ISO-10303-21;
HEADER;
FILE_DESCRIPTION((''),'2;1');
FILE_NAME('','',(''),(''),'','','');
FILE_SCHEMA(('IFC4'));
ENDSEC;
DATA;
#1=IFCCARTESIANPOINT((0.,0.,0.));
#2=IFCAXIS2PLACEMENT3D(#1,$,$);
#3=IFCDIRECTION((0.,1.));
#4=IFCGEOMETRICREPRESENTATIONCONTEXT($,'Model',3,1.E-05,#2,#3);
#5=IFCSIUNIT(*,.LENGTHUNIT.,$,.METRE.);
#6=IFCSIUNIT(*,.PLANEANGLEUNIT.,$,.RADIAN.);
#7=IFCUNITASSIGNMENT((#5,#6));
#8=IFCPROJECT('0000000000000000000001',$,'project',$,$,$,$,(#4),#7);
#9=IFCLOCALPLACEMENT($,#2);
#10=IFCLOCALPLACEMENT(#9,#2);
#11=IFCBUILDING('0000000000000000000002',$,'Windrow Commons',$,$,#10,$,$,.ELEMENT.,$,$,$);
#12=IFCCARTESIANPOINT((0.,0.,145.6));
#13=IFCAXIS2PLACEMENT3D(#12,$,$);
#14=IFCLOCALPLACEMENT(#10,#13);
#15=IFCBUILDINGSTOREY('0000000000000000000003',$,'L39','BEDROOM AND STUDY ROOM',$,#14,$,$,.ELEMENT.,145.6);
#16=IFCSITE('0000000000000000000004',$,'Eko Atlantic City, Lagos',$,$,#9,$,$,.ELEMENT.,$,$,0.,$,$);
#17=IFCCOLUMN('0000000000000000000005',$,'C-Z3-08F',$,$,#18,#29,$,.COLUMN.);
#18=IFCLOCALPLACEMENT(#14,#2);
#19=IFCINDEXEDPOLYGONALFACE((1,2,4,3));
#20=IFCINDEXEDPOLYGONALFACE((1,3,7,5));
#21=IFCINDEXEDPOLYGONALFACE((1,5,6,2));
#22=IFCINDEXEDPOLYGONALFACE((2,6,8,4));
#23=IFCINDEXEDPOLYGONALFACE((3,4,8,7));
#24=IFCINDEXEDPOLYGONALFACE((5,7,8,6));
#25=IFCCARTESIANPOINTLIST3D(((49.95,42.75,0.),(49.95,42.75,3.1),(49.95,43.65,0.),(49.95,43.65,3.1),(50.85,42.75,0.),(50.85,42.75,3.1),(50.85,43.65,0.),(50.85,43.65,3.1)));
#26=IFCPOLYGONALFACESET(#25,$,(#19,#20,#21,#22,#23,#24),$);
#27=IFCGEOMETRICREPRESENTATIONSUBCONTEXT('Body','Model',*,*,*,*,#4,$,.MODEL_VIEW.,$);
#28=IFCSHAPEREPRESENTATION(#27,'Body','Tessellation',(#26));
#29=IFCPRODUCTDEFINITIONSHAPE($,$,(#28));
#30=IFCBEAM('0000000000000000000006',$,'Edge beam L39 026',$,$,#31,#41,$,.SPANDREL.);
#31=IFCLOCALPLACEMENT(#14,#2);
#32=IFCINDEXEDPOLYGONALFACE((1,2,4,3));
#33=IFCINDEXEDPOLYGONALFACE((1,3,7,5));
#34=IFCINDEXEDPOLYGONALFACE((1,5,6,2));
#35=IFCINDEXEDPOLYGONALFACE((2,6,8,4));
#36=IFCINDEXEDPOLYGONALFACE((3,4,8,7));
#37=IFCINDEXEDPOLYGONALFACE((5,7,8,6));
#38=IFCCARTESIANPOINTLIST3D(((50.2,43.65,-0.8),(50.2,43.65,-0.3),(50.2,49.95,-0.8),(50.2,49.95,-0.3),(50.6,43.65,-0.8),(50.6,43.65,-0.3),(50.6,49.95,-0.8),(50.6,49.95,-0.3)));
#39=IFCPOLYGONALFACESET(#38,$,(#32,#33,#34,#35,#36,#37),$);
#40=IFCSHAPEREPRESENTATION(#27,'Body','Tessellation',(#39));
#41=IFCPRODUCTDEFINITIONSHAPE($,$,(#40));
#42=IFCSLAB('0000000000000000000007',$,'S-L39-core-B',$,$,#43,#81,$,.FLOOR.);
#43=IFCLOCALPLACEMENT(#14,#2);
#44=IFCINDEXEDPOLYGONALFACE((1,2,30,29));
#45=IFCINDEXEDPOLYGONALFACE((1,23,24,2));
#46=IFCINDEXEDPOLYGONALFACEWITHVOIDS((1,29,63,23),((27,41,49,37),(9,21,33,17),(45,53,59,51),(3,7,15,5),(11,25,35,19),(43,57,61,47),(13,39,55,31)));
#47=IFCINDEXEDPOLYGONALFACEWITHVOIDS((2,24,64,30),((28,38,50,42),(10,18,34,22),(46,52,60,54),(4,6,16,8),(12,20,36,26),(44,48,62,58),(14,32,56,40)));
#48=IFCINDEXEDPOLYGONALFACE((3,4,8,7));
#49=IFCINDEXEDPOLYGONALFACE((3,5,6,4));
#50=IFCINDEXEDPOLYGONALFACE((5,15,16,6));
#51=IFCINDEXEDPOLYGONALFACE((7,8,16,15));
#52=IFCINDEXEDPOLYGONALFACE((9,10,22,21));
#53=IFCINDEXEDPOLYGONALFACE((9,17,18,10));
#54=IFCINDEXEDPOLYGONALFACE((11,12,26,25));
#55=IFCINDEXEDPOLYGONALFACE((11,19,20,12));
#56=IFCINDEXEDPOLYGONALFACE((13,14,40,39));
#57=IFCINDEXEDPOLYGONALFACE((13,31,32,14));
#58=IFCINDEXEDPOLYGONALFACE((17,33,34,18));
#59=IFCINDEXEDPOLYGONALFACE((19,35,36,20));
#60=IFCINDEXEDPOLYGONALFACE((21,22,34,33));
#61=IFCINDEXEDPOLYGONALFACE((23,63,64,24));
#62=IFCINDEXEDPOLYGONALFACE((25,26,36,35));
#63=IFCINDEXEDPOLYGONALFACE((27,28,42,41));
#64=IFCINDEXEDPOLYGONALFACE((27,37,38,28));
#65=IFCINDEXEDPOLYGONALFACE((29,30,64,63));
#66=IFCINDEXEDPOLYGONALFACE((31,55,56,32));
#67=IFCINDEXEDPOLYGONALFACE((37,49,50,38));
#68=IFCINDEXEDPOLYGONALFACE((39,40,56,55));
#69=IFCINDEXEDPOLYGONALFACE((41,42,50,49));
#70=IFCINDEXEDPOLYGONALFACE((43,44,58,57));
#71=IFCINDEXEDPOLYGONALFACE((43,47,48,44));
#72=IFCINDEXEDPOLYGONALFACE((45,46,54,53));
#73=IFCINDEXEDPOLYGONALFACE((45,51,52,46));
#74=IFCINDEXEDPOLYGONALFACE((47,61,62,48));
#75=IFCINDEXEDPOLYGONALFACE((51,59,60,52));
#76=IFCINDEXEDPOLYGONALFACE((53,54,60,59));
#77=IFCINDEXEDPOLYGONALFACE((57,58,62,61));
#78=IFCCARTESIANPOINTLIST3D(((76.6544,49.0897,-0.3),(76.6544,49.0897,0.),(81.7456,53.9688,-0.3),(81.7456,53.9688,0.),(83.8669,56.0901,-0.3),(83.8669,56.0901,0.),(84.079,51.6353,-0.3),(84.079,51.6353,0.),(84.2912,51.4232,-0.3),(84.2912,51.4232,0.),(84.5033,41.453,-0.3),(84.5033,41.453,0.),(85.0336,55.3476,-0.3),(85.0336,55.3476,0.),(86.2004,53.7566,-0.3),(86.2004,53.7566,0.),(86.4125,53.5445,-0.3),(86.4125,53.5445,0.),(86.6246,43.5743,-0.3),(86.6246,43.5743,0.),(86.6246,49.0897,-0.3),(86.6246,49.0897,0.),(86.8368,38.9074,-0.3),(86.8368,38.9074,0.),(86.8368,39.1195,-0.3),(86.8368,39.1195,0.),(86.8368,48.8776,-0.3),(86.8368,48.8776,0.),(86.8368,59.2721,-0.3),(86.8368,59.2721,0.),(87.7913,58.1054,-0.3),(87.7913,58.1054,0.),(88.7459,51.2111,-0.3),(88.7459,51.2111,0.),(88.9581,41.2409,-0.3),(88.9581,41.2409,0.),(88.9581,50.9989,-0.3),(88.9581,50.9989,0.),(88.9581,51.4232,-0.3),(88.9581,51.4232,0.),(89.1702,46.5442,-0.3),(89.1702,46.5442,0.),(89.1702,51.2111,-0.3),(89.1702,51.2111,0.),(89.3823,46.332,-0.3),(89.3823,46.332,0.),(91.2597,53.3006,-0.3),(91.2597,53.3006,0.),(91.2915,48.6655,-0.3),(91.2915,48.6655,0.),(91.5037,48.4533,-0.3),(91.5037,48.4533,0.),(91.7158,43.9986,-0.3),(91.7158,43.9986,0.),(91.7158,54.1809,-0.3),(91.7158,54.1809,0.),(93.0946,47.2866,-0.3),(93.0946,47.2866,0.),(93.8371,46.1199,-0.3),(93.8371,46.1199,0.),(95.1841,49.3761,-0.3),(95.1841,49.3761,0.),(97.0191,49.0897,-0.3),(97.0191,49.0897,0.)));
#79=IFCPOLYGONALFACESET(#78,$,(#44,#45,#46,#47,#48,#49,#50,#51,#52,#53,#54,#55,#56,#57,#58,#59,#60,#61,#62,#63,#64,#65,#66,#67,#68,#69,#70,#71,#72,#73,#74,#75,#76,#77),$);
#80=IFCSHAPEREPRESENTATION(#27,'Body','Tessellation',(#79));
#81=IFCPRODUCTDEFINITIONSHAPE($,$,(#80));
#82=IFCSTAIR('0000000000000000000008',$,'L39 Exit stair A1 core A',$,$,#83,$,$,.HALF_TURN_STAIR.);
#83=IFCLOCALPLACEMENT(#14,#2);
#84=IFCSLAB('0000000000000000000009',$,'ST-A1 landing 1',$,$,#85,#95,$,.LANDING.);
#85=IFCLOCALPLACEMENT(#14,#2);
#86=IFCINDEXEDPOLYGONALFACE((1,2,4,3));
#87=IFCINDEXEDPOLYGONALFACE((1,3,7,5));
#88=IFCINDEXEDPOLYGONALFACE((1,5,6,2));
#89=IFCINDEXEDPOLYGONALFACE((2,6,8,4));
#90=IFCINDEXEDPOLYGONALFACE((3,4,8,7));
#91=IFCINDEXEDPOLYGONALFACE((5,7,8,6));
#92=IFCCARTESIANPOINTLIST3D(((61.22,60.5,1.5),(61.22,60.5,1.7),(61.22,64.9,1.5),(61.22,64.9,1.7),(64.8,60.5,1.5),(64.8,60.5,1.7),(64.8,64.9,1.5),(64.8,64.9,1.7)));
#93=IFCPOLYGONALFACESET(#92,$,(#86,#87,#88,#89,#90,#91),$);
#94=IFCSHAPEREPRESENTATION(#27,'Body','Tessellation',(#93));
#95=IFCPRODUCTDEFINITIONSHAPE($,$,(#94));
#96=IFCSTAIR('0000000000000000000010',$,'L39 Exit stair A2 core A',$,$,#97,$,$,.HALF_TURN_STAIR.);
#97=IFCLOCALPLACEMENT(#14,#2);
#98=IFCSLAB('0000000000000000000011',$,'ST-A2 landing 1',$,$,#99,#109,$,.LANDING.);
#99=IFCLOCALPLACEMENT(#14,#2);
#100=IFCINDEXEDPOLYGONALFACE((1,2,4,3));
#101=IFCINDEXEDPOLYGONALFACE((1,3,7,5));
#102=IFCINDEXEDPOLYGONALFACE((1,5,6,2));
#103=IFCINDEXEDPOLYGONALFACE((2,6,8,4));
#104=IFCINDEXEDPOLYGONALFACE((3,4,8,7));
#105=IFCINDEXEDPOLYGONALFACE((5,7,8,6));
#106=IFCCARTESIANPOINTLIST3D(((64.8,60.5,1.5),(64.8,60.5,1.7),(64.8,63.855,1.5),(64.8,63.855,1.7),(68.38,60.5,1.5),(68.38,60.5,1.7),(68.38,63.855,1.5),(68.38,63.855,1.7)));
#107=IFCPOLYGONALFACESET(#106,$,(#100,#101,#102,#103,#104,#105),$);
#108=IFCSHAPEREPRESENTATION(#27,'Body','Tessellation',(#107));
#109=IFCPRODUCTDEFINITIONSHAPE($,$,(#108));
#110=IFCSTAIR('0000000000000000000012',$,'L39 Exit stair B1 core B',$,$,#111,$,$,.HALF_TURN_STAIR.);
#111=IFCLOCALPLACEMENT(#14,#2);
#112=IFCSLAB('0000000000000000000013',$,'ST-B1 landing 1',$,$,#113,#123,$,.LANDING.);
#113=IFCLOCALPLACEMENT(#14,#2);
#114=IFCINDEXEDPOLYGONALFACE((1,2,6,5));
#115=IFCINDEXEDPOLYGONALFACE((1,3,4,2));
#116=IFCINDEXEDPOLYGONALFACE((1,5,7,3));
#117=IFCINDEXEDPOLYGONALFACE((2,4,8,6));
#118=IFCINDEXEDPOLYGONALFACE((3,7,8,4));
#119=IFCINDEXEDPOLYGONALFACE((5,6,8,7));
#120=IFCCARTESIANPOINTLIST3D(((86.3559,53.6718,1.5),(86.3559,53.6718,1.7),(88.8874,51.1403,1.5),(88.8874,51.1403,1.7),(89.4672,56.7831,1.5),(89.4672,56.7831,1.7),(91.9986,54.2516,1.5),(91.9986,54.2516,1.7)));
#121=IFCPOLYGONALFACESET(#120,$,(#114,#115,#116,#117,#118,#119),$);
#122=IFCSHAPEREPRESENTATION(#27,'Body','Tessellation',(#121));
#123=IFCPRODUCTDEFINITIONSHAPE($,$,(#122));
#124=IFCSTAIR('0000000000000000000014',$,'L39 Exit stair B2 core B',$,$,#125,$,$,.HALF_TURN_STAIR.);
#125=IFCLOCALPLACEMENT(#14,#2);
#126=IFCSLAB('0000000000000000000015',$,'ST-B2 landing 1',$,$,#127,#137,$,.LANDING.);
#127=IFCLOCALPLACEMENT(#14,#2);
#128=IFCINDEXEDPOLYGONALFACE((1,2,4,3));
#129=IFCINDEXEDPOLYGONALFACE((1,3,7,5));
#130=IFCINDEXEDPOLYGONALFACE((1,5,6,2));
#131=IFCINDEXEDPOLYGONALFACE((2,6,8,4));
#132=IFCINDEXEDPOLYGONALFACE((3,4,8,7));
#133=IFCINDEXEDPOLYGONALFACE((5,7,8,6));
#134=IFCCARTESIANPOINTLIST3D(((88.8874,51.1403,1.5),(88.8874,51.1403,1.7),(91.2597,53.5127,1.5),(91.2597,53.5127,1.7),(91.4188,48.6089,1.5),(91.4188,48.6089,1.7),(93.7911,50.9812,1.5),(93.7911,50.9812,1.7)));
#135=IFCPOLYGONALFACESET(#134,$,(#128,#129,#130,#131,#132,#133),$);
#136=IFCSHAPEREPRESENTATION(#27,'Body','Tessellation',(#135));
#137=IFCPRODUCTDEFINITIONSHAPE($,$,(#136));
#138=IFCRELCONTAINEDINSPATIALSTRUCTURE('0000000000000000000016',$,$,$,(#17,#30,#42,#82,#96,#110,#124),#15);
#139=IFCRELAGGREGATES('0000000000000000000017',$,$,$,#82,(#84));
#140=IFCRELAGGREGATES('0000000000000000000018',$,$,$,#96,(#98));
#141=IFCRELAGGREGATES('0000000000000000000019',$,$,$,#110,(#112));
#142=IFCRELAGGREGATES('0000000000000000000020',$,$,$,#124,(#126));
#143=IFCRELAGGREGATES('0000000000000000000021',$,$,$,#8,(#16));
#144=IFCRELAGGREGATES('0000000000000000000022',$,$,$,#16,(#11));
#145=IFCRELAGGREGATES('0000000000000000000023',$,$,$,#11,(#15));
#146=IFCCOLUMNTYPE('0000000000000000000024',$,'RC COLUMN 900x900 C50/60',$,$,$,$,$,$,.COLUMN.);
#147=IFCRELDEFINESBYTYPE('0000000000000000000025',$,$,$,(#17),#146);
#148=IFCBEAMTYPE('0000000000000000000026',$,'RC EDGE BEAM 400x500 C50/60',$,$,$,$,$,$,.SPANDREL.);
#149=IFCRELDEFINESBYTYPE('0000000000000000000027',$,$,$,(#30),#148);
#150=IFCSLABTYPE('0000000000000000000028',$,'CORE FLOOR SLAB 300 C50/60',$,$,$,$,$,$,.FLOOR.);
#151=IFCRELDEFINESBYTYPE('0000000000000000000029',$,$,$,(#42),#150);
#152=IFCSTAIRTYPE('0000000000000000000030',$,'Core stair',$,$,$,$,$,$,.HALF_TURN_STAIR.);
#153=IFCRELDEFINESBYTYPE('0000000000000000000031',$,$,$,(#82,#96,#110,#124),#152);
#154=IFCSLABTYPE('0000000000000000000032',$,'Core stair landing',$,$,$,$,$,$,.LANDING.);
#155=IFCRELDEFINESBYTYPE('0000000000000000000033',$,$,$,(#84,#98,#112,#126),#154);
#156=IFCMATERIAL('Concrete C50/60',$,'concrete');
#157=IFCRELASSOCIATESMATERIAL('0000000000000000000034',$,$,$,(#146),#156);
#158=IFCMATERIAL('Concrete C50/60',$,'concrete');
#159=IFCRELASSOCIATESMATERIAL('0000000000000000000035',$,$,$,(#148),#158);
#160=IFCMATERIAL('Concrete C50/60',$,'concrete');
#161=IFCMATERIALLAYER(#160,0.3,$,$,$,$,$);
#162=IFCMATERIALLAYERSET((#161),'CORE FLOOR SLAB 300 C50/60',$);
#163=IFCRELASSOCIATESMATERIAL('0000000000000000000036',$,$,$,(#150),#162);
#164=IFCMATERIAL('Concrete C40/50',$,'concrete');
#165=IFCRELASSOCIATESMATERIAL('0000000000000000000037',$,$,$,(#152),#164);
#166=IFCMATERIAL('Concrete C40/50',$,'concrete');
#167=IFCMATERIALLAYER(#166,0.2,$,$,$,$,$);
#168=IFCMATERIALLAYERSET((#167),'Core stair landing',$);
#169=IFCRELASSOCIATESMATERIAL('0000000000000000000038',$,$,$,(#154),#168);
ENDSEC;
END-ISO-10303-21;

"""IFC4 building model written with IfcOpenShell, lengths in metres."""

from ifc_helpers import new_model, si_unit, direction, frame, origin, origin_2d, place, context, subcontext, project, spatial, polyline, rectangle, outline, extrude, material, layer, layer_set, material_profile, profile_set, type_object, element, aggregate, save


model = new_model("IFC4")

# Units and contexts
model_context = context("Model", 3, precision=1e-05, world=origin(), true_north=direction((0.0, 1.0)))
body_context = subcontext(model_context, "Body", "Model", "MODEL_VIEW")
ifc_project = project(units=[si_unit("LENGTHUNIT", "METRE"), si_unit("PLANEANGLEUNIT", "RADIAN")], contexts=[model_context])

# Site, building, storey
site_placement = place(None, origin())
site = spatial("IfcSite", under=ifc_project, at=site_placement, Name="Eko Atlantic City, Lagos", CompositionType="ELEMENT", RefElevation=0.0)
building_placement = place(site_placement, origin())
building = spatial("IfcBuilding", under=site, at=building_placement, Name="Windrow Commons", CompositionType="ELEMENT")
storey_placement = place(building_placement, frame((0.0, 0.0, 145.6)))
storey = spatial("IfcBuildingStorey", under=building, at=storey_placement, Name="L39", Description="BEDROOM AND STUDY ROOM", CompositionType="ELEMENT", Elevation=145.6)

# Column
ifc_material_1 = material(Name="Concrete C50/60", Category="concrete")
ifc_material_profile_1 = material_profile(ifc_material_1, rectangle(XDim=0.9, YDim=0.9, at=origin_2d()))
ifc_profile_set_1 = profile_set([ifc_material_profile_1], Name="Concrete C50/60")
column_type = type_object("IfcColumnType", Name="RC COLUMN 900x900 C50/60", PredefinedType="COLUMN", material=ifc_profile_set_1)
column_placement = place(storey_placement, frame((50.4, 43.2, 0.0), z_axis=(0.0, 0.0, 1.0), x_axis=(1.0, 0.0, 0.0)))
element("IfcColumn", 1, at=column_placement, inside=storey, type_object=column_type, Name="C-Z3-08F", PredefinedType="COLUMN", context=body_context, shape_type="SweptSolid", body=[
    extrude(rectangle(XDim=0.9, YDim=0.9, at=origin_2d()), origin(), (0.0, 0.0, 1.0), 3.1),
])

# Beam
ifc_material_2 = material(Name="Concrete C50/60", Category="concrete")
ifc_material_profile_2 = material_profile(ifc_material_2, rectangle(XDim=0.4, YDim=0.5, at=origin_2d()))
ifc_profile_set_2 = profile_set([ifc_material_profile_2], Name="Concrete C50/60")
beam_type = type_object("IfcBeamType", Name="RC EDGE BEAM 400x500 C50/60", PredefinedType="SPANDREL", material=ifc_profile_set_2)
beam_placement = place(storey_placement, frame((50.4, 43.65, -0.55), z_axis=(0.0, 1.0, 0.0), x_axis=(-1.0, 0.0, 0.0)))
element("IfcBeam", 2, at=beam_placement, inside=storey, type_object=beam_type, Name="Edge beam L39 026", PredefinedType="SPANDREL", context=body_context, shape_type="SweptSolid", body=[
    extrude(rectangle(XDim=0.4, YDim=0.5, at=origin_2d()), origin(), (0.0, 0.0, 1.0), 6.3),
])

# Slab, openings
ifc_material_3 = material(Name="Concrete C50/60", Category="concrete")
ifc_layer_1 = layer(ifc_material_3, 0.3)
ifc_layer_set_1 = layer_set([ifc_layer_1], Name="CORE FLOOR SLAB 300 C50/60")
slab_type_1 = type_object("IfcSlabType", Name="CORE FLOOR SLAB 300 C50/60", PredefinedType="FLOOR", material=ifc_layer_set_1)
placement_1 = place(storey_placement, frame((0.0, 0.0, -0.3)))
slab_1 = element("IfcSlab", 3, at=placement_1, inside=storey, type_object=slab_type_1, Name="S-L39-core-B", PredefinedType="FLOOR", context=body_context, shape_type="SweptSolid", body=[
    extrude(outline(polyline([(76.6544, 49.0897), (86.8368, 38.9074), (97.0191, 49.0897), (86.8368, 59.2721), (76.6544, 49.0897)]), holes=[polyline([(84.5033, 41.453), (86.8368, 39.1195), (88.9581, 41.2409), (86.6246, 43.5743), (84.5033, 41.453)]), polyline([(81.7456, 53.9688), (84.079, 51.6353), (86.2004, 53.7566), (83.8669, 56.0901), (81.7456, 53.9688)]), polyline([(84.2912, 51.4232), (86.6246, 49.0897), (88.7459, 51.2111), (86.4125, 53.5445), (84.2912, 51.4232)]), polyline([(86.8368, 48.8776), (89.1702, 46.5442), (91.2915, 48.6655), (88.9581, 50.9989), (86.8368, 48.8776)]), polyline([(89.3823, 46.332), (91.7158, 43.9986), (93.8371, 46.1199), (91.5037, 48.4533), (89.3823, 46.332)]), polyline([(85.0336, 55.3476), (88.9581, 51.4232), (91.7158, 54.1809), (87.7913, 58.1054), (85.0336, 55.3476)]), polyline([(89.1702, 51.2111), (93.0946, 47.2866), (95.1841, 49.3761), (91.2597, 53.3006), (89.1702, 51.2111)])]), origin(), (0.0, 0.0, 1.0), 0.3),
])
opening_1_placement = place(placement_1, origin())
element("IfcOpeningElement", 4, at=opening_1_placement, cuts=slab_1, PredefinedType="OPENING", context=body_context, shape_type="SweptSolid", body=[
    extrude(outline(polyline([(84.5104, 41.453), (86.6246, 43.5672), (88.951, 41.2409), (86.8368, 39.1266), (84.5104, 41.453)])), origin(), (0.0, 0.0, 1.0), 0.3),
])
opening_2_placement = place(placement_1, origin())
element("IfcOpeningElement", 5, at=opening_2_placement, cuts=slab_1, PredefinedType="OPENING", context=body_context, shape_type="SweptSolid", body=[
    extrude(outline(polyline([(81.7527, 53.9688), (83.8669, 56.083), (86.1933, 53.7566), (84.079, 51.6424), (81.7527, 53.9688)])), origin(), (0.0, 0.0, 1.0), 0.3),
])
opening_3_placement = place(placement_1, origin())
element("IfcOpeningElement", 6, at=opening_3_placement, cuts=slab_1, PredefinedType="OPENING", context=body_context, shape_type="SweptSolid", body=[
    extrude(outline(polyline([(84.2983, 51.4232), (86.4125, 53.5374), (88.7388, 51.2111), (86.6246, 49.0968), (84.2983, 51.4232)])), origin(), (0.0, 0.0, 1.0), 0.3),
])
opening_4_placement = place(placement_1, origin())
element("IfcOpeningElement", 7, at=opening_4_placement, cuts=slab_1, PredefinedType="OPENING", context=body_context, shape_type="SweptSolid", body=[
    extrude(outline(polyline([(86.8439, 48.8776), (88.9581, 50.9918), (91.2844, 48.6655), (89.1702, 46.5513), (86.8439, 48.8776)])), origin(), (0.0, 0.0, 1.0), 0.3),
])
opening_5_placement = place(placement_1, origin())
element("IfcOpeningElement", 8, at=opening_5_placement, cuts=slab_1, PredefinedType="OPENING", context=body_context, shape_type="SweptSolid", body=[
    extrude(outline(polyline([(89.3894, 46.332), (91.5037, 48.4462), (93.83, 46.1199), (91.7158, 44.0057), (89.3894, 46.332)])), origin(), (0.0, 0.0, 1.0), 0.3),
])
opening_6_placement = place(placement_1, origin())
element("IfcOpeningElement", 9, at=opening_6_placement, cuts=slab_1, PredefinedType="OPENING", context=body_context, shape_type="SweptSolid", body=[
    extrude(outline(polyline([(85.0407, 55.3476), (87.7913, 58.0983), (91.7087, 54.1809), (88.9581, 51.4303), (85.0407, 55.3476)])), origin(), (0.0, 0.0, 1.0), 0.3),
])
opening_7_placement = place(placement_1, origin())
element("IfcOpeningElement", 10, at=opening_7_placement, cuts=slab_1, PredefinedType="OPENING", context=body_context, shape_type="SweptSolid", body=[
    extrude(outline(polyline([(89.1773, 51.2111), (91.2597, 53.2935), (95.177, 49.3761), (93.0946, 47.2937), (89.1773, 51.2111)])), origin(), (0.0, 0.0, 1.0), 0.3),
])

# Stairs, slabs
ifc_material_4 = material(Name="Concrete C40/50", Category="concrete")
stair_type = type_object("IfcStairType", Name="Core stair", PredefinedType="HALF_TURN_STAIR", material=ifc_material_4)
placement_2 = place(storey_placement, origin())
stair_1 = element("IfcStair", 11, at=placement_2, inside=storey, type_object=stair_type, Name="L39 Exit stair A1 core A", PredefinedType="HALF_TURN_STAIR")
ifc_material_5 = material(Name="Concrete C40/50", Category="concrete")
ifc_layer_2 = layer(ifc_material_5, 0.2)
ifc_layer_set_2 = layer_set([ifc_layer_2], Name="Core stair landing")
slab_type_2 = type_object("IfcSlabType", Name="Core stair landing", PredefinedType="LANDING", material=ifc_layer_set_2)
placement_3 = place(storey_placement, frame((0.0, 0.0, 1.5)))
slab_2 = element("IfcSlab", 12, at=placement_3, type_object=slab_type_2, Name="ST-A1 landing 1", PredefinedType="LANDING", context=body_context, shape_type="SweptSolid", body=[
    extrude(outline(polyline([(61.22, 60.5), (64.8, 60.5), (64.8, 64.9), (61.22, 64.9), (61.22, 60.5)])), origin(), (0.0, 0.0, 1.0), 0.2),
])
aggregate(stair_1, [slab_2])
stair_2 = element("IfcStair", 13, at=placement_2, inside=storey, type_object=stair_type, Name="L39 Exit stair A2 core A", PredefinedType="HALF_TURN_STAIR")
slab_3 = element("IfcSlab", 14, at=placement_3, type_object=slab_type_2, Name="ST-A2 landing 1", PredefinedType="LANDING", context=body_context, shape_type="SweptSolid", body=[
    extrude(outline(polyline([(64.8, 60.5), (68.38, 60.5), (68.38, 63.855), (64.8, 63.855), (64.8, 60.5)])), origin(), (0.0, 0.0, 1.0), 0.2),
])
aggregate(stair_2, [slab_3])
stair_3 = element("IfcStair", 15, at=placement_2, inside=storey, type_object=stair_type, Name="L39 Exit stair B1 core B", PredefinedType="HALF_TURN_STAIR")
slab_4 = element("IfcSlab", 16, at=placement_3, type_object=slab_type_2, Name="ST-B1 landing 1", PredefinedType="LANDING", context=body_context, shape_type="SweptSolid", body=[
    extrude(outline(polyline([(86.3559, 53.6718), (88.8874, 51.1403), (91.9986, 54.2516), (89.4672, 56.7831), (86.3559, 53.6718)])), origin(), (0.0, 0.0, 1.0), 0.2),
])
aggregate(stair_3, [slab_4])
stair_4 = element("IfcStair", 17, at=placement_2, inside=storey, type_object=stair_type, Name="L39 Exit stair B2 core B", PredefinedType="HALF_TURN_STAIR")
slab_5 = element("IfcSlab", 18, at=placement_3, type_object=slab_type_2, Name="ST-B2 landing 1", PredefinedType="LANDING", context=body_context, shape_type="SweptSolid", body=[
    extrude(outline(polyline([(88.8874, 51.1403), (91.4188, 48.6089), (93.7911, 50.9812), (91.2597, 53.5127), (88.8874, 51.1403)])), origin(), (0.0, 0.0, 1.0), 0.2),
])
aggregate(stair_4, [slab_5])

save(model, "model.ifc")
